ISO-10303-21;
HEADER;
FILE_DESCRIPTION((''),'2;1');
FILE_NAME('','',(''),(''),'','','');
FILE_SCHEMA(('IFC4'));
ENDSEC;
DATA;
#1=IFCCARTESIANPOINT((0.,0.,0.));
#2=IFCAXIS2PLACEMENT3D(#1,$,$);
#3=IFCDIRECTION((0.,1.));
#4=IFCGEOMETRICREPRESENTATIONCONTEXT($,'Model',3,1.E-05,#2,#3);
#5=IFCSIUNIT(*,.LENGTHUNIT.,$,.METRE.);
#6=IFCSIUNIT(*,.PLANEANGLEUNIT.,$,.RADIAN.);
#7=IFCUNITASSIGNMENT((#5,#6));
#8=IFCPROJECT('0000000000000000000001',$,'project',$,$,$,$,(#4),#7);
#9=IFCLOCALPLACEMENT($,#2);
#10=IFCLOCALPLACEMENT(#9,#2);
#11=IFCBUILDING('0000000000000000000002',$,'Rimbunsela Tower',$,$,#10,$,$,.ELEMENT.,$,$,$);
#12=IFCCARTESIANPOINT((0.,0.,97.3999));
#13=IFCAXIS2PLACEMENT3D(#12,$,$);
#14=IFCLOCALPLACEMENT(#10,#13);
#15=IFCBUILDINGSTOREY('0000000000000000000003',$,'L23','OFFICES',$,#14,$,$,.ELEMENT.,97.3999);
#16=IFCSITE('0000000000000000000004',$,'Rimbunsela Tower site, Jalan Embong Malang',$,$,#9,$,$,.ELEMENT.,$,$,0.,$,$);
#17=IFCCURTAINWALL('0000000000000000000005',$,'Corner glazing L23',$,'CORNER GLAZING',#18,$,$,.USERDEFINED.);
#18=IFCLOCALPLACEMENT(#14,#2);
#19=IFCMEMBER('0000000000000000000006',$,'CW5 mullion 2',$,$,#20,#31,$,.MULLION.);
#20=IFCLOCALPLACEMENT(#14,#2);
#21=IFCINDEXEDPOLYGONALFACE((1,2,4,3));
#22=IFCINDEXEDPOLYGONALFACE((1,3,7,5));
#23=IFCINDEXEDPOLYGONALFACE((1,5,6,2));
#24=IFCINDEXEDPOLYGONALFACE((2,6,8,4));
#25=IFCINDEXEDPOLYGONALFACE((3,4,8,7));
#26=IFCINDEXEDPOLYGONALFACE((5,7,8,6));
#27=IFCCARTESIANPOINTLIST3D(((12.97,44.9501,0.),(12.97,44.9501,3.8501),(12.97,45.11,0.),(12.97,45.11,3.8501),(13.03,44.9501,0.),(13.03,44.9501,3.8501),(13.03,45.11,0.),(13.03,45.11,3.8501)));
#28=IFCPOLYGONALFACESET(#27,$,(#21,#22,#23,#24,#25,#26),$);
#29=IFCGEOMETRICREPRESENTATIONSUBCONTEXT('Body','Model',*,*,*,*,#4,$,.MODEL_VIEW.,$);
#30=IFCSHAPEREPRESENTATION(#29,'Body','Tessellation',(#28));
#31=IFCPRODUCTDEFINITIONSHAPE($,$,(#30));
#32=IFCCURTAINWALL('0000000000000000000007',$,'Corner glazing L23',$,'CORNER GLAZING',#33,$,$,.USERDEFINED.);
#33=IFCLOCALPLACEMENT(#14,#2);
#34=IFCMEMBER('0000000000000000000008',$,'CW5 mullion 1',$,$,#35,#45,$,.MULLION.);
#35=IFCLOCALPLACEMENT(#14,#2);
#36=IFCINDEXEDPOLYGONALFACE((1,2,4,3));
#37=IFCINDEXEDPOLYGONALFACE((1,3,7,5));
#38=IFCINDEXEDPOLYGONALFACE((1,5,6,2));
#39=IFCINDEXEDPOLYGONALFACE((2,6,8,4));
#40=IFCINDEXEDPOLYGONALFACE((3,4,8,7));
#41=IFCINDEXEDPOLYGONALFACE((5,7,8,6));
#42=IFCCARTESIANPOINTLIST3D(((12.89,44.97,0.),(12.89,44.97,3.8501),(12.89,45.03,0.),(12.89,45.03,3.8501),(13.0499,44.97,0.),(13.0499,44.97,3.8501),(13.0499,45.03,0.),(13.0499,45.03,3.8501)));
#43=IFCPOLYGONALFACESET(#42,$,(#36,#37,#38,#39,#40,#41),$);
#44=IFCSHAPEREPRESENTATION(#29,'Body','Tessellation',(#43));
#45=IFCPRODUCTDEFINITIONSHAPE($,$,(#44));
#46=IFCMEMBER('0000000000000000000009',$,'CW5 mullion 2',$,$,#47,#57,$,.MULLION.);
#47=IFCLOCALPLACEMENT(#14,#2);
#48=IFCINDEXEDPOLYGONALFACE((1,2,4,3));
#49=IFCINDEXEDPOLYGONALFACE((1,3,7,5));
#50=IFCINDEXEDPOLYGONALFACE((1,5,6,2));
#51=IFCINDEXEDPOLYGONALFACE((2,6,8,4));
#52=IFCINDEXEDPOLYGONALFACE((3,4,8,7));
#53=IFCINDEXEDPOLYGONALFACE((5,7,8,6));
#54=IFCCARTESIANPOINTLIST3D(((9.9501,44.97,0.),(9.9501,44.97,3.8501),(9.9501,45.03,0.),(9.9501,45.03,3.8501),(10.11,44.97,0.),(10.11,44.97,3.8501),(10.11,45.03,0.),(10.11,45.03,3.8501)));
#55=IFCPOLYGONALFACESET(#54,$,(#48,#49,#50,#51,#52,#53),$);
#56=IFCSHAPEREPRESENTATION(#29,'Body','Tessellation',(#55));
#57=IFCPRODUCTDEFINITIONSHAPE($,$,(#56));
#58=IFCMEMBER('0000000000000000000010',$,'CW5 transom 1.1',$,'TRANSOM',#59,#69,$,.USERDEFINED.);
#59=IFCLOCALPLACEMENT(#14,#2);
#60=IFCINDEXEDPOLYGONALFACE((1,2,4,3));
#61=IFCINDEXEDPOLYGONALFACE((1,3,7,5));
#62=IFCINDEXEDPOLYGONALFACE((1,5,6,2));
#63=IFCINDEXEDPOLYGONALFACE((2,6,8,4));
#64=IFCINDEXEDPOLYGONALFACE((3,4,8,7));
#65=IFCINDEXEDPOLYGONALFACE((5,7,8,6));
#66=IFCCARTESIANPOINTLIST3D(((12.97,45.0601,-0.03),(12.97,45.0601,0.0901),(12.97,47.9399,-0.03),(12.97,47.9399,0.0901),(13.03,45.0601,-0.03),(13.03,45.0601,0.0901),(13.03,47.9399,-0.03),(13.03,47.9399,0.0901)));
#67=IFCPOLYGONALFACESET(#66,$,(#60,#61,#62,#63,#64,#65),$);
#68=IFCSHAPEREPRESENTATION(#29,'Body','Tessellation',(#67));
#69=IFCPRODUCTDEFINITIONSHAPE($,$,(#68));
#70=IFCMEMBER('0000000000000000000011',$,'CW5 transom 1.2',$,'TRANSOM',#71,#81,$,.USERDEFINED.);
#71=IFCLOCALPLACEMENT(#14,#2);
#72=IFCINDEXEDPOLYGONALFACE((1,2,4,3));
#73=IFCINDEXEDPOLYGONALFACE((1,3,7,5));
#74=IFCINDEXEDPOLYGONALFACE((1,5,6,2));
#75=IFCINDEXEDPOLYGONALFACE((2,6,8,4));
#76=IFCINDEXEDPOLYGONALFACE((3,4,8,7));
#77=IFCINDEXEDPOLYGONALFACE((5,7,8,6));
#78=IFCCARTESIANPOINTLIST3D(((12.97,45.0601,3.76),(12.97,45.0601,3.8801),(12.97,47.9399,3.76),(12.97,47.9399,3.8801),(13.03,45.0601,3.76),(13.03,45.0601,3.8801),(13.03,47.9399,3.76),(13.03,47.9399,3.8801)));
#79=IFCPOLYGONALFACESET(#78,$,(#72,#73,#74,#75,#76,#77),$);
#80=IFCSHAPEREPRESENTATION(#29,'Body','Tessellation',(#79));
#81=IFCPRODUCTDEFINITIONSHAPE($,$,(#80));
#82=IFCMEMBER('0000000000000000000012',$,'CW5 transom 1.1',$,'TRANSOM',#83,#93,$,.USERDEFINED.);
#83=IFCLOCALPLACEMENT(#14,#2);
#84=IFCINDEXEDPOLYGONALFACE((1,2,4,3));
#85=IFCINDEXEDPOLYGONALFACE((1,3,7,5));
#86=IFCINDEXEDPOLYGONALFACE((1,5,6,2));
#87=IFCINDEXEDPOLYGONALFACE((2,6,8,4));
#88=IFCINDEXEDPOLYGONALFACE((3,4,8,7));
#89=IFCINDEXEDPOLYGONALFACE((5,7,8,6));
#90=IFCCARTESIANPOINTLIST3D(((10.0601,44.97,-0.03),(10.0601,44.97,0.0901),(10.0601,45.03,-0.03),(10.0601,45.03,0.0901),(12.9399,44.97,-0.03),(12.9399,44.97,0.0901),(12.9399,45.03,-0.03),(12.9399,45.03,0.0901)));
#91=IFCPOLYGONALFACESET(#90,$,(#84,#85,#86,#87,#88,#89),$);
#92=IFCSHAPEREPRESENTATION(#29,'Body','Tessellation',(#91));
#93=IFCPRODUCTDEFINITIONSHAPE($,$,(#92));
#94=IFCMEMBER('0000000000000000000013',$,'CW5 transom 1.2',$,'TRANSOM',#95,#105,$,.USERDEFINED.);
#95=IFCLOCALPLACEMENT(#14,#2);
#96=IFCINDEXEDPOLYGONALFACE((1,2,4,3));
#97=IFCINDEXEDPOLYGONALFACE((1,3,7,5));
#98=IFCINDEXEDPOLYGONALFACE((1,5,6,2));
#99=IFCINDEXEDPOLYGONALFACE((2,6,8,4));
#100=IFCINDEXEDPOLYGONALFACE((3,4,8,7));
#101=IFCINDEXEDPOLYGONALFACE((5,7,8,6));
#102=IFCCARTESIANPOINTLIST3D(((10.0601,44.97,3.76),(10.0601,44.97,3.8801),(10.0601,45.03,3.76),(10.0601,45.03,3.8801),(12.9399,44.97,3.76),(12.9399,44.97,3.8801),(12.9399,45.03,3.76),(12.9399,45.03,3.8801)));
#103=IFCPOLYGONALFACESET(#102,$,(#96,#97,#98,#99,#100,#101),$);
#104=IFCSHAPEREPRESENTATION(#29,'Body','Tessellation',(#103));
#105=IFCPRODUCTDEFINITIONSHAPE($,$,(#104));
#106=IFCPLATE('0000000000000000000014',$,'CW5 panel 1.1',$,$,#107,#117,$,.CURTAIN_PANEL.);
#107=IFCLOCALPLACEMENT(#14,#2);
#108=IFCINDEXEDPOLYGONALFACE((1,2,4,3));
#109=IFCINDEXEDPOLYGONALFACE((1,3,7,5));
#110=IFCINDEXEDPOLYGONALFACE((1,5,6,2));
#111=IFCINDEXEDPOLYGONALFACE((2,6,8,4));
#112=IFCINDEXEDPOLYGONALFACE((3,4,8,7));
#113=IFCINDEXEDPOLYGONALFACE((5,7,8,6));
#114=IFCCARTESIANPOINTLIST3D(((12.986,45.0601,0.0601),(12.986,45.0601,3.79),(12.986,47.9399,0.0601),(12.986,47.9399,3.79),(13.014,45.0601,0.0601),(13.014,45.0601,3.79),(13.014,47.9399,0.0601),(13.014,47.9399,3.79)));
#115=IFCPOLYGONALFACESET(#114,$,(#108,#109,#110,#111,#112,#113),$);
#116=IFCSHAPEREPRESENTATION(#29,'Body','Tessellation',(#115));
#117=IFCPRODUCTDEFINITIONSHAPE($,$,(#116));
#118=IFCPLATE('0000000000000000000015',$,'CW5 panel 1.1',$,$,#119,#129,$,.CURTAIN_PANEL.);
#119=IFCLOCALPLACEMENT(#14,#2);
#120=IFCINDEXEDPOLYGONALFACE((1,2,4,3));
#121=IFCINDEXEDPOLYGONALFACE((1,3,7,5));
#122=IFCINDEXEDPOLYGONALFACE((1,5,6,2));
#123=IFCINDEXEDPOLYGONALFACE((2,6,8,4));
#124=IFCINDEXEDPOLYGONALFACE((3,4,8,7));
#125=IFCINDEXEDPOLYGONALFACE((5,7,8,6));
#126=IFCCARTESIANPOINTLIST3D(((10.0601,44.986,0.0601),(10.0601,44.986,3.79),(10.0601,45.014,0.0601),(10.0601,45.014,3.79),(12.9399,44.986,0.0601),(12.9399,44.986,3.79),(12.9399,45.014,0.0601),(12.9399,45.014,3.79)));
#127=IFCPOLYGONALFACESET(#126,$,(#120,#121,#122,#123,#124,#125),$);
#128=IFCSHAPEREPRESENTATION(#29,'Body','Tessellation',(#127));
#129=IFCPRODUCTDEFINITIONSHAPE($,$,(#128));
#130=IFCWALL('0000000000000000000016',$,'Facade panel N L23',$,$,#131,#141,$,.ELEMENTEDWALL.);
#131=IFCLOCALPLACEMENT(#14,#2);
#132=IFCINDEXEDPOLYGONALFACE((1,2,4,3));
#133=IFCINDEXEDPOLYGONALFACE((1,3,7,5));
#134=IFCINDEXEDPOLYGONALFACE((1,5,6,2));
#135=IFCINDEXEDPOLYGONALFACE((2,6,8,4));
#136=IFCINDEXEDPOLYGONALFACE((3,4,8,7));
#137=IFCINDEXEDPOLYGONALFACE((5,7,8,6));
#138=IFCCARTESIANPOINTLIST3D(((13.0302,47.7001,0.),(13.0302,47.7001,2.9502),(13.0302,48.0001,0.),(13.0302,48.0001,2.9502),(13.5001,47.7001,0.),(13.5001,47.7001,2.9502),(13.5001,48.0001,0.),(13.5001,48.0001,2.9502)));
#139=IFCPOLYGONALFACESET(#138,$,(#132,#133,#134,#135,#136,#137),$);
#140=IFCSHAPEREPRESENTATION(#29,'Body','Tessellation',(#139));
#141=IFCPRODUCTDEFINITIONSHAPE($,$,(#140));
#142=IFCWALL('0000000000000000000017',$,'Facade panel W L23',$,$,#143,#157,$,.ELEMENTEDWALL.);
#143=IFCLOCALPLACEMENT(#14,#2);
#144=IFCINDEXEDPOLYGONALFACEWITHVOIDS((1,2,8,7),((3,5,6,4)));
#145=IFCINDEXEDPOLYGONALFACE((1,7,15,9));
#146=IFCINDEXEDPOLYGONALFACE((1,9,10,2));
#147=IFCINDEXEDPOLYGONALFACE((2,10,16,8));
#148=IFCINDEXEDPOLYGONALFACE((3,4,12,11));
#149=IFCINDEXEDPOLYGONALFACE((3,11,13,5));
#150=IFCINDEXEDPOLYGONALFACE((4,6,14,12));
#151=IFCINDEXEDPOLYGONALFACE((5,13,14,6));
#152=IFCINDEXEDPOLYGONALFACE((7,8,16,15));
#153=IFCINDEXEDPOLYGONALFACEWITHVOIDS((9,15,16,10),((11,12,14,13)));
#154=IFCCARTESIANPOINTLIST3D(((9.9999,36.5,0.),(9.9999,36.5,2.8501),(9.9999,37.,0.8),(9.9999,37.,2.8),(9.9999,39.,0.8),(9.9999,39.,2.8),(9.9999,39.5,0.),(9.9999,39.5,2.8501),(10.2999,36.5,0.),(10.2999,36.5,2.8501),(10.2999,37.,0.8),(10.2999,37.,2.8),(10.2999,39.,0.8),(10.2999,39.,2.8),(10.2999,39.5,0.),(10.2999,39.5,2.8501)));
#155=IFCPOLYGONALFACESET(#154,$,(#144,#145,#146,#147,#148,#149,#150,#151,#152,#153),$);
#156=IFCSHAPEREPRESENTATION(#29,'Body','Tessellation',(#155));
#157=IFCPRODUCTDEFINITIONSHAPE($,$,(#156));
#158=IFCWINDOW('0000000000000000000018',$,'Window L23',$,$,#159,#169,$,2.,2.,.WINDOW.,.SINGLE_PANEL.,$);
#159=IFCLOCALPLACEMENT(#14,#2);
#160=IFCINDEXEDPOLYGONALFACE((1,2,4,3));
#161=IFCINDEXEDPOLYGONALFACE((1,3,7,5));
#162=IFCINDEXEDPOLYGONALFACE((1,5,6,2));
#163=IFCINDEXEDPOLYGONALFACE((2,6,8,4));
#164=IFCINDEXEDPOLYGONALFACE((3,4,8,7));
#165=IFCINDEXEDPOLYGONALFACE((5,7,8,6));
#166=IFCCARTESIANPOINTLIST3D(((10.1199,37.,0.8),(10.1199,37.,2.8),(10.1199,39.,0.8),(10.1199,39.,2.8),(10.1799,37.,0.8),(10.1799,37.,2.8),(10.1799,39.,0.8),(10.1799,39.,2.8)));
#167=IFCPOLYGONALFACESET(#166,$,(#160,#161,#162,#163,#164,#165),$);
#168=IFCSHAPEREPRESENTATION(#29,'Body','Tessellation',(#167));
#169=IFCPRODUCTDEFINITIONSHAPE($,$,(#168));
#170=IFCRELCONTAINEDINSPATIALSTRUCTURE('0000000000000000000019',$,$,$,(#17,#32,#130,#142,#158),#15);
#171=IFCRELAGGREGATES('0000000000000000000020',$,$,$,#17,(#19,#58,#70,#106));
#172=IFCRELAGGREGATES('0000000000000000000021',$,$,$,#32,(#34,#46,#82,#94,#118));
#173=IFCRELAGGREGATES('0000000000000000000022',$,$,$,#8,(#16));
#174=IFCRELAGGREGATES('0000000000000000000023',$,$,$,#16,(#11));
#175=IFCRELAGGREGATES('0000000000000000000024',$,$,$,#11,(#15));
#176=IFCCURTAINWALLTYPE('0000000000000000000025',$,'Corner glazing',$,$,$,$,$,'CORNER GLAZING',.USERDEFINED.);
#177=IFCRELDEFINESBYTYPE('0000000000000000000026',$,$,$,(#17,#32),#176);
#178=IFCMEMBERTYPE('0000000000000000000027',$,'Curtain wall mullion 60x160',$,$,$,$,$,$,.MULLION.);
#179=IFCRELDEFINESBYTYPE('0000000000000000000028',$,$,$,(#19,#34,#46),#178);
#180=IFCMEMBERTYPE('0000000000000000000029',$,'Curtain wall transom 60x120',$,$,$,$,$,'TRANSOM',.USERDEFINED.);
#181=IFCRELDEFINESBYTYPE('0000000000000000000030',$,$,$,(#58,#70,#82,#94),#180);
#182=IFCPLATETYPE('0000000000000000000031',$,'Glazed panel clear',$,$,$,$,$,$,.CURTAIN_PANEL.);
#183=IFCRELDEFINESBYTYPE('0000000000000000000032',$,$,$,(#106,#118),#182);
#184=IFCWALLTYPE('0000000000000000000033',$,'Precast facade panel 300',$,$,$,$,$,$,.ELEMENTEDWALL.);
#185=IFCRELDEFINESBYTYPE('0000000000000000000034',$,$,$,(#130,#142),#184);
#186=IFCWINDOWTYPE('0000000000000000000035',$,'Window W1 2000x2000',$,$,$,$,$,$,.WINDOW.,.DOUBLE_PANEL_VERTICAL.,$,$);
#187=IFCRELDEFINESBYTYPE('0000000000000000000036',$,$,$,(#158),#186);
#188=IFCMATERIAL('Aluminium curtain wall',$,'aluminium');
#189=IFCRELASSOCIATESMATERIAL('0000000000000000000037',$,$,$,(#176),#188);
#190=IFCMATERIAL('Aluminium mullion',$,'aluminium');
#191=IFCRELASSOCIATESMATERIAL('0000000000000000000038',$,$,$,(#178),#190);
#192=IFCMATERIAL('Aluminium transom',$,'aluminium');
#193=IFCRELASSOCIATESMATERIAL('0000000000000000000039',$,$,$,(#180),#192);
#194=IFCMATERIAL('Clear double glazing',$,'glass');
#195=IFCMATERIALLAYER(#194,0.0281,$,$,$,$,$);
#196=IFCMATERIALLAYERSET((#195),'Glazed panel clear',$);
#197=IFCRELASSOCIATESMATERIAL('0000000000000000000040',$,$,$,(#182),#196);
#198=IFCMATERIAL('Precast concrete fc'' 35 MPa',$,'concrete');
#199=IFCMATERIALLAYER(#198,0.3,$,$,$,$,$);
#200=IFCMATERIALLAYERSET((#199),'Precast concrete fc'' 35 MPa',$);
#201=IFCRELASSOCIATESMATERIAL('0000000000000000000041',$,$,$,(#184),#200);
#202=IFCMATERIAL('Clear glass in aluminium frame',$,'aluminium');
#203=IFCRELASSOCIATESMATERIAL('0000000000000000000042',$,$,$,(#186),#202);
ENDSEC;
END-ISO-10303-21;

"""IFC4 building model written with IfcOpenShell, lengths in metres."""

from ifc_helpers import new_model, si_unit, direction, frame, frame_2d, origin, origin_2d, place, context, subcontext, project, spatial, rectangle, extrude, material, layer, layer_set, material_profile, profile_set, type_object, element, fill, aggregate, save


model = new_model("IFC4")

# Units and contexts
model_context = context("Model", 3, precision=1e-05, world=origin(), true_north=direction((0.0, 1.0)))
body_context = subcontext(model_context, "Body", "Model", "MODEL_VIEW")
ifc_project = project(units=[si_unit("LENGTHUNIT", "METRE"), si_unit("PLANEANGLEUNIT", "RADIAN")], contexts=[model_context])

# Site, building, storey
site_placement = place(None, origin())
site = spatial("IfcSite", under=ifc_project, at=site_placement, Name="Rimbunsela Tower site, Jalan Embong Malang", CompositionType="ELEMENT", RefElevation=0.0)
building_placement = place(site_placement, origin())
building = spatial("IfcBuilding", under=site, at=building_placement, Name="Rimbunsela Tower", CompositionType="ELEMENT")
storey_placement = place(building_placement, frame((0.0, 0.0, 97.3999)))
storey = spatial("IfcBuildingStorey", under=building, at=storey_placement, Name="L23", Description="OFFICES", CompositionType="ELEMENT", Elevation=97.3999)

# Curtain walls, members
ifc_material_1 = material(Name="Aluminium curtain wall", Category="aluminium")
curtain_wall_type = type_object("IfcCurtainWallType", Name="Corner glazing", ElementType="CORNER GLAZING", PredefinedType="USERDEFINED", material=ifc_material_1)
curtain_wall_1_placement = place(storey_placement, origin())
curtain_wall_1 = element("IfcCurtainWall", 1, at=curtain_wall_1_placement, inside=storey, type_object=curtain_wall_type, Name="Corner glazing L23", ObjectType="CORNER GLAZING", PredefinedType="USERDEFINED")
ifc_material_2 = material(Name="Aluminium mullion", Category="aluminium")
ifc_material_profile_1 = material_profile(ifc_material_2, rectangle(XDim=0.0601, YDim=0.1599, at=origin_2d()), Name="Mullion 60x160")
ifc_profile_set_1 = profile_set([ifc_material_profile_1], Name="Aluminium mullion")
member_type_1 = type_object("IfcMemberType", Name="Curtain wall mullion 60x160", PredefinedType="MULLION", material=ifc_profile_set_1)
member_1_placement = place(storey_placement, frame((13.0, 45.03, 0.0), z_axis=(0.0, 0.0, 1.0), x_axis=(1.0, 0.0, 0.0)))
member_1 = element("IfcMember", 2, at=member_1_placement, type_object=member_type_1, Name="CW5 mullion 2", PredefinedType="MULLION", context=body_context, shape_type="SweptSolid", body=[
    extrude(rectangle(XDim=0.0601, YDim=0.1599, at=origin_2d()), origin(), (0.0, 0.0, 1.0), 3.8501),
])
curtain_wall_2_placement = place(storey_placement, origin())
curtain_wall_2 = element("IfcCurtainWall", 3, at=curtain_wall_2_placement, inside=storey, type_object=curtain_wall_type, Name="Corner glazing L23", ObjectType="CORNER GLAZING", PredefinedType="USERDEFINED")
member_2_placement = place(storey_placement, frame((12.97, 45.0, 0.0), z_axis=(0.0, 0.0, 1.0), x_axis=(0.0, -1.0, 0.0)))
member_2 = element("IfcMember", 4, at=member_2_placement, type_object=member_type_1, Name="CW5 mullion 1", PredefinedType="MULLION", context=body_context, shape_type="SweptSolid", body=[
    extrude(rectangle(XDim=0.0601, YDim=0.1599, at=origin_2d()), origin(), (0.0, 0.0, 1.0), 3.8501),
])
member_3_placement = place(storey_placement, frame((10.03, 45.0, 0.0), z_axis=(0.0, 0.0, 1.0), x_axis=(0.0, -1.0, 0.0)))
member_3 = element("IfcMember", 5, at=member_3_placement, type_object=member_type_1, Name="CW5 mullion 2", PredefinedType="MULLION", context=body_context, shape_type="SweptSolid", body=[
    extrude(rectangle(XDim=0.0601, YDim=0.1599, at=origin_2d()), origin(), (0.0, 0.0, 1.0), 3.8501),
])

# Members
ifc_material_3 = material(Name="Aluminium transom", Category="aluminium")
ifc_material_profile_2 = material_profile(ifc_material_3, rectangle(XDim=0.0601, YDim=0.1201, at=origin_2d()), Name="Transom 60x120")
ifc_profile_set_2 = profile_set([ifc_material_profile_2], Name="Aluminium transom")
member_type_2 = type_object("IfcMemberType", Name="Curtain wall transom 60x120", ElementType="TRANSOM", PredefinedType="USERDEFINED", material=ifc_profile_set_2)
member_4_placement = place(storey_placement, frame((13.0, 47.9399, 0.03), z_axis=(0.0, -1.0, 0.0), x_axis=(1.0, 0.0, 0.0)))
member_4 = element("IfcMember", 6, at=member_4_placement, type_object=member_type_2, Name="CW5 transom 1.1", ObjectType="TRANSOM", PredefinedType="USERDEFINED", context=body_context, shape_type="SweptSolid", body=[
    extrude(rectangle(XDim=0.0601, YDim=0.1201, at=origin_2d()), origin(), (0.0, 0.0, 1.0), 2.8799),
])
member_5_placement = place(storey_placement, frame((13.0, 47.9399, 3.8201), z_axis=(0.0, -1.0, 0.0), x_axis=(1.0, 0.0, 0.0)))
member_5 = element("IfcMember", 7, at=member_5_placement, type_object=member_type_2, Name="CW5 transom 1.2", ObjectType="TRANSOM", PredefinedType="USERDEFINED", context=body_context, shape_type="SweptSolid", body=[
    extrude(rectangle(XDim=0.0601, YDim=0.1201, at=origin_2d()), origin(), (0.0, 0.0, 1.0), 2.8799),
])
member_6_placement = place(storey_placement, frame((12.9399, 45.0, 0.03), z_axis=(-1.0, 0.0, 0.0), x_axis=(0.0, -1.0, 0.0)))
member_6 = element("IfcMember", 8, at=member_6_placement, type_object=member_type_2, Name="CW5 transom 1.1", ObjectType="TRANSOM", PredefinedType="USERDEFINED", context=body_context, shape_type="SweptSolid", body=[
    extrude(rectangle(XDim=0.0601, YDim=0.1201, at=origin_2d()), origin(), (0.0, 0.0, 1.0), 2.8799),
])
member_7_placement = place(storey_placement, frame((12.9399, 45.0, 3.8201), z_axis=(-1.0, 0.0, 0.0), x_axis=(0.0, -1.0, 0.0)))
member_7 = element("IfcMember", 9, at=member_7_placement, type_object=member_type_2, Name="CW5 transom 1.2", ObjectType="TRANSOM", PredefinedType="USERDEFINED", context=body_context, shape_type="SweptSolid", body=[
    extrude(rectangle(XDim=0.0601, YDim=0.1201, at=origin_2d()), origin(), (0.0, 0.0, 1.0), 2.8799),
])

# Plates
ifc_material_4 = material(Name="Clear double glazing", Category="glass")
ifc_layer_1 = layer(ifc_material_4, 0.0281)
ifc_layer_set_1 = layer_set([ifc_layer_1], Name="Glazed panel clear")
plate_type = type_object("IfcPlateType", Name="Glazed panel clear", PredefinedType="CURTAIN_PANEL", material=ifc_layer_set_1)
plate_1_placement = place(storey_placement, frame((13.0, 46.5, 0.0601), z_axis=(0.0, 0.0, 1.0), x_axis=(0.0, -1.0, 0.0)))
plate_1 = element("IfcPlate", 10, at=plate_1_placement, type_object=plate_type, Name="CW5 panel 1.1", PredefinedType="CURTAIN_PANEL", context=body_context, shape_type="SweptSolid", body=[
    extrude(rectangle(XDim=2.8799, YDim=0.0281, at=origin_2d()), origin(), (0.0, 0.0, 1.0), 3.73),
])
aggregate(curtain_wall_1, [member_1, member_4, member_5, plate_1])
plate_2_placement = place(storey_placement, frame((11.5, 45.0, 0.0601), z_axis=(0.0, 0.0, 1.0), x_axis=(-1.0, 0.0, 0.0)))
plate_2 = element("IfcPlate", 11, at=plate_2_placement, type_object=plate_type, Name="CW5 panel 1.1", PredefinedType="CURTAIN_PANEL", context=body_context, shape_type="SweptSolid", body=[
    extrude(rectangle(XDim=2.8799, YDim=0.0281, at=origin_2d()), origin(), (0.0, 0.0, 1.0), 3.73),
])
aggregate(curtain_wall_2, [member_2, member_3, member_6, member_7, plate_2])

# Wall
ifc_material_5 = material(Name="Precast concrete fc' 35 MPa", Category="concrete")
ifc_layer_2 = layer(ifc_material_5, 0.3)
ifc_layer_set_2 = layer_set([ifc_layer_2], Name="Precast concrete fc' 35 MPa")
wall_type = type_object("IfcWallType", Name="Precast facade panel 300", PredefinedType="ELEMENTEDWALL", material=ifc_layer_set_2)
wall_1_placement = place(storey_placement, frame((13.5, 47.8501, 0.0), z_axis=(0.0, 0.0, 1.0), x_axis=(-1.0, 0.0, 0.0)))
element("IfcWall", 12, at=wall_1_placement, inside=storey, type_object=wall_type, Name="Facade panel N L23", PredefinedType="ELEMENTEDWALL", context=body_context, shape_type="SweptSolid", body=[
    extrude(rectangle(XDim=0.47, YDim=0.3, at=frame_2d((0.2349, 0.0))), origin(), (0.0, 0.0, 1.0), 2.9502),
])

# Wall, opening, window
wall_2_placement = place(storey_placement, frame((10.1499, 39.5, 0.0), z_axis=(0.0, 0.0, 1.0), x_axis=(0.0, -1.0, 0.0)))
wall_2 = element("IfcWall", 13, at=wall_2_placement, inside=storey, type_object=wall_type, Name="Facade panel W L23", PredefinedType="ELEMENTEDWALL", context=body_context, shape_type="SweptSolid", body=[
    extrude(rectangle(XDim=3.0, YDim=0.3, at=frame_2d((1.5, 0.0))), origin(), (0.0, 0.0, 1.0), 2.8501),
])
opening_1_placement = place(wall_2_placement, frame((0.5, 0.0, 0.8)))
opening_1 = element("IfcOpeningElement", 14, at=opening_1_placement, cuts=wall_2, PredefinedType="OPENING", context=body_context, shape_type="SweptSolid", body=[
    extrude(rectangle(XDim=2.0, YDim=2.0, at=frame_2d((1.0, 1.0))), frame((0.0, 0.1599, 0.0), z_axis=(0.0, -1.0, 0.0), x_axis=(1.0, 0.0, 0.0)), (0.0, 0.0, 1.0), 0.3201),
])
ifc_material_6 = material(Name="Clear glass in aluminium frame", Category="aluminium")
window_type = type_object("IfcWindowType", Name="Window W1 2000x2000", PartitioningType="DOUBLE_PANEL_VERTICAL", PredefinedType="WINDOW", material=ifc_material_6)
window_1_placement = place(opening_1_placement, origin())
window_1 = element("IfcWindow", 15, at=window_1_placement, inside=storey, type_object=window_type, Name="Window L23", OverallHeight=2.0, OverallWidth=2.0, PartitioningType="SINGLE_PANEL", PredefinedType="WINDOW", context=body_context, shape_type="SweptSolid", body=[
    extrude(rectangle(XDim=2.0, YDim=2.0, at=frame_2d((1.0, 1.0))), frame((0.0, 0.03, 0.0), z_axis=(0.0, -1.0, 0.0), x_axis=(1.0, 0.0, 0.0)), (0.0, 0.0, 1.0), 0.0601),
])
fill(opening_1, window_1)

save(model, "model.ifc")
